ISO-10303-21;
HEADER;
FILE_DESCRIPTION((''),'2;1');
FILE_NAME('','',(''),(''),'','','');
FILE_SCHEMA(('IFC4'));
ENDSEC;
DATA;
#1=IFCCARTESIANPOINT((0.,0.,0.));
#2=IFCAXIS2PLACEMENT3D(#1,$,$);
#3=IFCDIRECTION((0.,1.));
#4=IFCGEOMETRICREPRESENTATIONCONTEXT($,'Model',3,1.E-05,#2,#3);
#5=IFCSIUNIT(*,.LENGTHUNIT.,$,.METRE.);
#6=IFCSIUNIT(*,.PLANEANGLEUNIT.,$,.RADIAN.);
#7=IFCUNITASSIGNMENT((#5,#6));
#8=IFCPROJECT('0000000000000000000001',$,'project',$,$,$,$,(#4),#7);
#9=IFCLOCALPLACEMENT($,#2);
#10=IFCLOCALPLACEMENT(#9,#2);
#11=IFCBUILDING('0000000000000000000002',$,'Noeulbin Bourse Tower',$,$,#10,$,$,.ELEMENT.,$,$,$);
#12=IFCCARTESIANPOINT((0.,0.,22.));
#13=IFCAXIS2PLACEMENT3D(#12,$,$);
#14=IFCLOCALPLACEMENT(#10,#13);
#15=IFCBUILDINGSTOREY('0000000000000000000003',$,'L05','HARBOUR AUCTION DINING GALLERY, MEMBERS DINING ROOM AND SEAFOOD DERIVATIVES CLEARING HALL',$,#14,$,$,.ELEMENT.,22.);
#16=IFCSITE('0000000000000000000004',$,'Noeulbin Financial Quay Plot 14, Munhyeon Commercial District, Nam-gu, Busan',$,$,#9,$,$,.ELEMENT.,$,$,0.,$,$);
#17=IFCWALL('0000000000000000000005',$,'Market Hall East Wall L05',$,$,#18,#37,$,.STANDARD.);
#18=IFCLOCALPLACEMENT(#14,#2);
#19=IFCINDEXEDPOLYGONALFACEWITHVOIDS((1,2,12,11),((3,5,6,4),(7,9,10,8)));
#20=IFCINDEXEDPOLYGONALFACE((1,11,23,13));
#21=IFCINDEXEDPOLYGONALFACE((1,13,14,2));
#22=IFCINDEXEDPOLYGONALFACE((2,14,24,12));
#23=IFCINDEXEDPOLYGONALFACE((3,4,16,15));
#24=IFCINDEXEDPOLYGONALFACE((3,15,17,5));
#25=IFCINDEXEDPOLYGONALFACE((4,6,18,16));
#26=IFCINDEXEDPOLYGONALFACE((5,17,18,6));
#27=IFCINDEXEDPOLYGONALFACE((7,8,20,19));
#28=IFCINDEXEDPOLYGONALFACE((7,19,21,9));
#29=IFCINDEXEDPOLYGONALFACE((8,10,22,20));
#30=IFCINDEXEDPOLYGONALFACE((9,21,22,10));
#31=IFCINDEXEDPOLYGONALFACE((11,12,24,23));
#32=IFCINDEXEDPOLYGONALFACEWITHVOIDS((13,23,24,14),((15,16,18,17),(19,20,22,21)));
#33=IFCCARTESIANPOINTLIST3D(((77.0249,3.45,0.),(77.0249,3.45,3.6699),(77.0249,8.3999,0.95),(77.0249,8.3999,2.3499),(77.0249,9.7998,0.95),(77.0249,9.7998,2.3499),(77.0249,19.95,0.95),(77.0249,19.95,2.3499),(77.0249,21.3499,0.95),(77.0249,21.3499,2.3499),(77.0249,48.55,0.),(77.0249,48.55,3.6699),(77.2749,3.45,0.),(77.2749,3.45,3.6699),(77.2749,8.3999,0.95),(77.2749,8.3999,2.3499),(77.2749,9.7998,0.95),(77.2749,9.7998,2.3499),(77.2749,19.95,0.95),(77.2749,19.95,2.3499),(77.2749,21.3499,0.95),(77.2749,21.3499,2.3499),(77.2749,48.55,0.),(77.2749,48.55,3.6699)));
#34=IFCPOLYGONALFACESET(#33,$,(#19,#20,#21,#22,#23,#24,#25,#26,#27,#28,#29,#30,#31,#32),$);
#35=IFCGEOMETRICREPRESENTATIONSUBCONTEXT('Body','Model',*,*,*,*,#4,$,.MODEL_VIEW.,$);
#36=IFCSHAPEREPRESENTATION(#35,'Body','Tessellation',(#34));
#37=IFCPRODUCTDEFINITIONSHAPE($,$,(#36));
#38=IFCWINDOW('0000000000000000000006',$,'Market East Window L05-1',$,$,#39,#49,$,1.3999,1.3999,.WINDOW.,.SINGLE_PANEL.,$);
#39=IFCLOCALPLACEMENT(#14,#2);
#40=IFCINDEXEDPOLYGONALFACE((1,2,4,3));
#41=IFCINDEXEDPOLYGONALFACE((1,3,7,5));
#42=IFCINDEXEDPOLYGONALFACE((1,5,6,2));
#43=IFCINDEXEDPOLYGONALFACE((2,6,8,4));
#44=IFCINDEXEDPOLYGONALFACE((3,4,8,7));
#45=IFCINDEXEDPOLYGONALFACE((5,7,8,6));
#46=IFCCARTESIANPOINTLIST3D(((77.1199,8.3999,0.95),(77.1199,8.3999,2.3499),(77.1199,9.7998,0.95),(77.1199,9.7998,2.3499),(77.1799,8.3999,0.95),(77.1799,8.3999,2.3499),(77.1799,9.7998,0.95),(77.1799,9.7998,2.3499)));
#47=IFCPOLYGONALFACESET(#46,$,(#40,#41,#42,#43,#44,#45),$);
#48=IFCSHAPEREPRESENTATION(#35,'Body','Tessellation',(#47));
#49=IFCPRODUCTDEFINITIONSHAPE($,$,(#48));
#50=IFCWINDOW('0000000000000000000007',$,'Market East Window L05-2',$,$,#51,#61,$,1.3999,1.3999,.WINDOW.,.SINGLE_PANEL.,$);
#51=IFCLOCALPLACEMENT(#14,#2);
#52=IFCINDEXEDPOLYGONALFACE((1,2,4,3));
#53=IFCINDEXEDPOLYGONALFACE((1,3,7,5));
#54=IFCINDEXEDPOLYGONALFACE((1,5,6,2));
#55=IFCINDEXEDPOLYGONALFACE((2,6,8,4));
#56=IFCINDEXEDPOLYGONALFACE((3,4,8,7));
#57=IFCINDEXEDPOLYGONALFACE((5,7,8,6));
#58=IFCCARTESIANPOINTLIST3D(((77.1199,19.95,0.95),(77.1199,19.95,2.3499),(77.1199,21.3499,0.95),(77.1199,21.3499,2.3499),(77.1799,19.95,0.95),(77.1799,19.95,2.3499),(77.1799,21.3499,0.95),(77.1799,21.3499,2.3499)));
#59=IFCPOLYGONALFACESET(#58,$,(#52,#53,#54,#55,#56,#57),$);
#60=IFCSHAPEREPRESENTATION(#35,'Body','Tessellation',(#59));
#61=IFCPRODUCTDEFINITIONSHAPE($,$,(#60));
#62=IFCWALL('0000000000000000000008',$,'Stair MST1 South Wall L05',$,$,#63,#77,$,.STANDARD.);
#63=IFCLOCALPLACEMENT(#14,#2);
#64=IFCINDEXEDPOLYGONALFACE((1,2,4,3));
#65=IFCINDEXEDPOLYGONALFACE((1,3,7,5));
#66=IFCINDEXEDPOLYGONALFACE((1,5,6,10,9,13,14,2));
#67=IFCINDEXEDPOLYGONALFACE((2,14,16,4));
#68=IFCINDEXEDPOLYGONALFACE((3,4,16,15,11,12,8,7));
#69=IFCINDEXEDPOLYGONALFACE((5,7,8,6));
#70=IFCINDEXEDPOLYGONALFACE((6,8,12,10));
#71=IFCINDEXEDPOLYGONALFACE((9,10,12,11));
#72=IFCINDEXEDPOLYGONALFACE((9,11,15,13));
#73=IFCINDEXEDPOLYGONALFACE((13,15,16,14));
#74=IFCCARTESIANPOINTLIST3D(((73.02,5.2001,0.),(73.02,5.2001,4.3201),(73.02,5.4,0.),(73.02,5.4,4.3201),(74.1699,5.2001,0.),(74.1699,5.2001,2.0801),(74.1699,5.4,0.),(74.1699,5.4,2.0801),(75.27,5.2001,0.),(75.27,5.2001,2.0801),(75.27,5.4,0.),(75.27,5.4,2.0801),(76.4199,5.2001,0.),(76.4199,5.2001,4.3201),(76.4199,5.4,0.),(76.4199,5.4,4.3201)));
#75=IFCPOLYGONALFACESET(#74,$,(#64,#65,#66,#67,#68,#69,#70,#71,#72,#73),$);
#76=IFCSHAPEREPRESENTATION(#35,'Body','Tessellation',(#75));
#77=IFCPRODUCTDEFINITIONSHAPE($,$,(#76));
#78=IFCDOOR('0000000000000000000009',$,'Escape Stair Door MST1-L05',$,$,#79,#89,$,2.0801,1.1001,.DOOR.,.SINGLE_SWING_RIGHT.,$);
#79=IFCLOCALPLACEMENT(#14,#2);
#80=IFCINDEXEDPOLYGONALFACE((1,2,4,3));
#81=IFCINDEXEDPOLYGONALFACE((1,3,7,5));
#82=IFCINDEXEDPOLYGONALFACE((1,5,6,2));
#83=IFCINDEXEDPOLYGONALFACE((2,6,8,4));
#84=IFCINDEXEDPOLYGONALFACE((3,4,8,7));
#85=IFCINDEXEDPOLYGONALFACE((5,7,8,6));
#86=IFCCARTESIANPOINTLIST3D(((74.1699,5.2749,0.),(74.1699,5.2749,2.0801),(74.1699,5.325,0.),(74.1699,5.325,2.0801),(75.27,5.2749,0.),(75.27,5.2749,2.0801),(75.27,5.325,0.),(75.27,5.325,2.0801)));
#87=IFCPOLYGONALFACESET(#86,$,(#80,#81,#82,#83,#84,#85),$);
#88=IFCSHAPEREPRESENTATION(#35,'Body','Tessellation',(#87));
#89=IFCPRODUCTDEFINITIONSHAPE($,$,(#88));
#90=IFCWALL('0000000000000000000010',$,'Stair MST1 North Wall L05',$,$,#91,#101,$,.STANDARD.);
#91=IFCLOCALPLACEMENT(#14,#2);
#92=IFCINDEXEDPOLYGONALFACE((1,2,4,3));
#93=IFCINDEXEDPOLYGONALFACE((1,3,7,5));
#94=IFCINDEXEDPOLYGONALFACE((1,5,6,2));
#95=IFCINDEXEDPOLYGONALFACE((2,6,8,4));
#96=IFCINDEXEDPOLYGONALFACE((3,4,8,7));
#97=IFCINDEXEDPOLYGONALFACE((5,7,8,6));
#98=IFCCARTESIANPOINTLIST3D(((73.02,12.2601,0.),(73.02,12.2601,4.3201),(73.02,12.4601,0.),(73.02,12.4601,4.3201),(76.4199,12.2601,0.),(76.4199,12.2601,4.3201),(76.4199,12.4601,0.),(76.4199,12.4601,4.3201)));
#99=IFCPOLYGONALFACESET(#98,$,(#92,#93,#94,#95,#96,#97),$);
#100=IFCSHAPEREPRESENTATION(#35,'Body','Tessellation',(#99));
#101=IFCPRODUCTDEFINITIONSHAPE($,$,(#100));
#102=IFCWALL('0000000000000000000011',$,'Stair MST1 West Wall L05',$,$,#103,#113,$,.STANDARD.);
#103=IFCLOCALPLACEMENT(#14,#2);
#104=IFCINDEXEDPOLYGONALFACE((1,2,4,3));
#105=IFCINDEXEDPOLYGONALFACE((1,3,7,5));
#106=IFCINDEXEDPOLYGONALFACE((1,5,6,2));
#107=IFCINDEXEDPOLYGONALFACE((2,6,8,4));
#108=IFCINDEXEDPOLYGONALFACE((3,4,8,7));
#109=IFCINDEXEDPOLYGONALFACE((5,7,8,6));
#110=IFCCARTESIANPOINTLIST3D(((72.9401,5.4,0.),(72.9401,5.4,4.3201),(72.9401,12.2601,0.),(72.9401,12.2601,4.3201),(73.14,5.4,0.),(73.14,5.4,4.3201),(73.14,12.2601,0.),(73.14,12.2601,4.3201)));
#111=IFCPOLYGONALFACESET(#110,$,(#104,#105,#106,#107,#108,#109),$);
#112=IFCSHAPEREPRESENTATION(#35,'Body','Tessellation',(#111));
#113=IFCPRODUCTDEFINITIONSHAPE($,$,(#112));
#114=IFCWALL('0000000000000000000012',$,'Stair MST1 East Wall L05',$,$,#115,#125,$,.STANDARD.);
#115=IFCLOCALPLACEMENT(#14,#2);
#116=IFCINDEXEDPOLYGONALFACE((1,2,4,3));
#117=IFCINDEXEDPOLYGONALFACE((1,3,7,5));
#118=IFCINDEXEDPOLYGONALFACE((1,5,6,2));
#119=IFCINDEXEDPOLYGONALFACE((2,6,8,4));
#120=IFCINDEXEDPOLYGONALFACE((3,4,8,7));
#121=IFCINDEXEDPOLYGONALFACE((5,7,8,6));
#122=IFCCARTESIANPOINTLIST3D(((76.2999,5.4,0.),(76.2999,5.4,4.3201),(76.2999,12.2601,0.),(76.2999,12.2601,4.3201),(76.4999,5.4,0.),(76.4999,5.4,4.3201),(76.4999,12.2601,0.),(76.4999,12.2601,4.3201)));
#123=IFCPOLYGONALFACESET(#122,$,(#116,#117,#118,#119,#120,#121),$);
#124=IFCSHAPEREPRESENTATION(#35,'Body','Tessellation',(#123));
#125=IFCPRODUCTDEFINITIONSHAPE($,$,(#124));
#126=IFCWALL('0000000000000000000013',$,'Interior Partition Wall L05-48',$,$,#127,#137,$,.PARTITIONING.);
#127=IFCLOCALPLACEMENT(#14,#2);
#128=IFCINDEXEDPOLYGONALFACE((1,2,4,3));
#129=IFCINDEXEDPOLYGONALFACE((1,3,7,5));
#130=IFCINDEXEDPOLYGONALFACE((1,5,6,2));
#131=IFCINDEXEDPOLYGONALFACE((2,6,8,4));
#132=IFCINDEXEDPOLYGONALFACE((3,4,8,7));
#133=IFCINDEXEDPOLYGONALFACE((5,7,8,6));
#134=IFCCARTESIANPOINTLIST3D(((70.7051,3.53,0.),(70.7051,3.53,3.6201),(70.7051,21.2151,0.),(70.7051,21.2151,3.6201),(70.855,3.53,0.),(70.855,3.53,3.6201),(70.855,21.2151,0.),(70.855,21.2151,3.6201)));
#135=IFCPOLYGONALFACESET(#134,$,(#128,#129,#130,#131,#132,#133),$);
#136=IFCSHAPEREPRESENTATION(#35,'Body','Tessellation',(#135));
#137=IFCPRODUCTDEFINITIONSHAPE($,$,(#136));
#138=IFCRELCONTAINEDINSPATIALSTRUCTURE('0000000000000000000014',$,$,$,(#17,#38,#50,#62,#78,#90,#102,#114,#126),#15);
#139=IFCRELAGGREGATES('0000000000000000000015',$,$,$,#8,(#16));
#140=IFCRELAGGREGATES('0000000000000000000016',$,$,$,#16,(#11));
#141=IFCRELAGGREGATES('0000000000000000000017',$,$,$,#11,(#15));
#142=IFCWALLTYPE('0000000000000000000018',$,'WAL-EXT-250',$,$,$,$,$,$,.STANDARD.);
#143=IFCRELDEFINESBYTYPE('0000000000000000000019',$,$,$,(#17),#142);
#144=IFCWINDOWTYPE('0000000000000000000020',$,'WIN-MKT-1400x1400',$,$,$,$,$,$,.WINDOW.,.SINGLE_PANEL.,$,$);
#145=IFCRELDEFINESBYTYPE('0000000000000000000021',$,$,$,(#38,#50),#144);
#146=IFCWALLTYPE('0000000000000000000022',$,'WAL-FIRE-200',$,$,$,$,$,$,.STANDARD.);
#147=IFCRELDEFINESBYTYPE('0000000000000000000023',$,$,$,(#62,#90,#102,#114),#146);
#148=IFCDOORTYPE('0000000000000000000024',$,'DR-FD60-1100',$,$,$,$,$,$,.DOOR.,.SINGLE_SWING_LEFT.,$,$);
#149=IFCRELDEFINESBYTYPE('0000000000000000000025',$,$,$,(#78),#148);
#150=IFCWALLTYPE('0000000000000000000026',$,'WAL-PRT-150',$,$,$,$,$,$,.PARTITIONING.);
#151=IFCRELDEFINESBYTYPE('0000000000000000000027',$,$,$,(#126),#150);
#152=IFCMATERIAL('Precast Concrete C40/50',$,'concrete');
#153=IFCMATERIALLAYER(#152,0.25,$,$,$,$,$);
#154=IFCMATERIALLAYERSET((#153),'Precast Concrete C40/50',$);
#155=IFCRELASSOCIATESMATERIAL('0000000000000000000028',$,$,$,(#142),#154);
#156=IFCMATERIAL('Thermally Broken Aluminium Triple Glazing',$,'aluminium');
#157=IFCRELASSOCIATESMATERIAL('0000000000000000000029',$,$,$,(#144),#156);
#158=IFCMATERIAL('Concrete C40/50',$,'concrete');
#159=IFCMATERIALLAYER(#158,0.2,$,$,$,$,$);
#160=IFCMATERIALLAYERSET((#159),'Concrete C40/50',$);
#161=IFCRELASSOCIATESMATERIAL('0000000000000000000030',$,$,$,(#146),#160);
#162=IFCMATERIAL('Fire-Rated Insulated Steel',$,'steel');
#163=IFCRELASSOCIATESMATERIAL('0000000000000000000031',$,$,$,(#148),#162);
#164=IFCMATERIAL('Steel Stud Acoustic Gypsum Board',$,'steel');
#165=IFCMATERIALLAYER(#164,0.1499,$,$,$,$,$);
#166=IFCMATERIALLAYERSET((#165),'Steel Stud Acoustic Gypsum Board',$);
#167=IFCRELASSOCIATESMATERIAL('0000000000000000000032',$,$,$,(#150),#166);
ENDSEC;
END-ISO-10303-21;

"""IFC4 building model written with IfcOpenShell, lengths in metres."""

from ifc_helpers import new_model, si_unit, direction, frame, frame_2d, origin, place, context, subcontext, project, spatial, rectangle, extrude, material, layer, layer_set, type_object, element, fill, save


model = new_model("IFC4")

# Units and contexts
model_context = context("Model", 3, precision=1e-05, world=origin(), true_north=direction((0.0, 1.0)))
body_context = subcontext(model_context, "Body", "Model", "MODEL_VIEW")
ifc_project = project(units=[si_unit("LENGTHUNIT", "METRE"), si_unit("PLANEANGLEUNIT", "RADIAN")], contexts=[model_context])

# Site, building, storey
site_placement = place(None, origin())
site = spatial("IfcSite", under=ifc_project, at=site_placement, Name="Noeulbin Financial Quay Plot 14, Munhyeon Commercial District, Nam-gu, Busan", CompositionType="ELEMENT", RefElevation=0.0)
building_placement = place(site_placement, origin())
building = spatial("IfcBuilding", under=site, at=building_placement, Name="Noeulbin Bourse Tower", CompositionType="ELEMENT")
storey_placement = place(building_placement, frame((0.0, 0.0, 22.0)))
storey = spatial("IfcBuildingStorey", under=building, at=storey_placement, Name="L05", Description="HARBOUR AUCTION DINING GALLERY, MEMBERS DINING ROOM AND SEAFOOD DERIVATIVES CLEARING HALL", CompositionType="ELEMENT", Elevation=22.0)

# Wall, openings, windows
ifc_material_1 = material(Name="Precast Concrete C40/50", Category="concrete")
ifc_layer_1 = layer(ifc_material_1, 0.25)
ifc_layer_set_1 = layer_set([ifc_layer_1], Name="Precast Concrete C40/50")
wall_type_1 = type_object("IfcWallType", Name="WAL-EXT-250", PredefinedType="STANDARD", material=ifc_layer_set_1)
wall_1_placement = place(storey_placement, frame((77.1499, 3.45, 0.0), z_axis=(0.0, 0.0, 1.0), x_axis=(0.0, 1.0, 0.0)))
wall_1 = element("IfcWall", 1, at=wall_1_placement, inside=storey, type_object=wall_type_1, Name="Market Hall East Wall L05", PredefinedType="STANDARD", context=body_context, shape_type="SweptSolid", body=[
    extrude(rectangle(XDim=45.1001, YDim=0.25, at=frame_2d((22.55, 0.0))), origin(), (0.0, 0.0, 1.0), 3.6699),
])
opening_1_placement = place(wall_1_placement, frame((4.95, 0.0, 0.95)))
opening_1 = element("IfcOpeningElement", 2, at=opening_1_placement, cuts=wall_1, PredefinedType="OPENING", context=body_context, shape_type="SweptSolid", body=[
    extrude(rectangle(XDim=1.3999, YDim=1.3999, at=frame_2d((0.7, 0.7))), frame((0.0, 0.135, 0.0), z_axis=(0.0, -1.0, 0.0), x_axis=(1.0, 0.0, 0.0)), (0.0, 0.0, 1.0), 0.27),
])
opening_2_placement = place(wall_1_placement, frame((16.5, 0.0, 0.95)))
opening_2 = element("IfcOpeningElement", 3, at=opening_2_placement, cuts=wall_1, PredefinedType="OPENING", context=body_context, shape_type="SweptSolid", body=[
    extrude(rectangle(XDim=1.3999, YDim=1.3999, at=frame_2d((0.7, 0.7))), frame((0.0, 0.135, 0.0), z_axis=(0.0, -1.0, 0.0), x_axis=(1.0, 0.0, 0.0)), (0.0, 0.0, 1.0), 0.27),
])
ifc_material_2 = material(Name="Thermally Broken Aluminium Triple Glazing", Category="aluminium")
window_type = type_object("IfcWindowType", Name="WIN-MKT-1400x1400", PartitioningType="SINGLE_PANEL", PredefinedType="WINDOW", material=ifc_material_2)
window_1_placement = place(opening_1_placement, origin())
window_1 = element("IfcWindow", 4, at=window_1_placement, inside=storey, type_object=window_type, Name="Market East Window L05-1", OverallHeight=1.3999, OverallWidth=1.3999, PartitioningType="SINGLE_PANEL", PredefinedType="WINDOW", context=body_context, shape_type="SweptSolid", body=[
    extrude(rectangle(XDim=1.3999, YDim=1.3999, at=frame_2d((0.7, 0.7))), frame((0.0, 0.03, 0.0), z_axis=(0.0, -1.0, 0.0), x_axis=(1.0, 0.0, 0.0)), (0.0, 0.0, 1.0), 0.0601),
])
fill(opening_1, window_1)
window_2_placement = place(opening_2_placement, origin())
window_2 = element("IfcWindow", 5, at=window_2_placement, inside=storey, type_object=window_type, Name="Market East Window L05-2", OverallHeight=1.3999, OverallWidth=1.3999, PartitioningType="SINGLE_PANEL", PredefinedType="WINDOW", context=body_context, shape_type="SweptSolid", body=[
    extrude(rectangle(XDim=1.3999, YDim=1.3999, at=frame_2d((0.7, 0.7))), frame((0.0, 0.03, 0.0), z_axis=(0.0, -1.0, 0.0), x_axis=(1.0, 0.0, 0.0)), (0.0, 0.0, 1.0), 0.0601),
])
fill(opening_2, window_2)

# Wall, opening, door
ifc_material_3 = material(Name="Concrete C40/50", Category="concrete")
ifc_layer_2 = layer(ifc_material_3, 0.2)
ifc_layer_set_2 = layer_set([ifc_layer_2], Name="Concrete C40/50")
wall_type_2 = type_object("IfcWallType", Name="WAL-FIRE-200", PredefinedType="STANDARD", material=ifc_layer_set_2)
wall_2_placement = place(storey_placement, frame((73.02, 5.3, 0.0), z_axis=(0.0, 0.0, 1.0), x_axis=(1.0, 0.0, 0.0)))
wall_2 = element("IfcWall", 6, at=wall_2_placement, inside=storey, type_object=wall_type_2, Name="Stair MST1 South Wall L05", PredefinedType="STANDARD", context=body_context, shape_type="SweptSolid", body=[
    extrude(rectangle(XDim=3.3999, YDim=0.2, at=frame_2d((1.7, 0.0))), origin(), (0.0, 0.0, 1.0), 4.3201),
])
opening_3_placement = place(wall_2_placement, frame((1.1499, 0.0, 0.0)))
opening_3 = element("IfcOpeningElement", 7, at=opening_3_placement, cuts=wall_2, PredefinedType="OPENING", context=body_context, shape_type="SweptSolid", body=[
    extrude(rectangle(XDim=1.1001, YDim=2.0801, at=frame_2d((0.55, 1.04))), frame((0.0, 0.1099, 0.0), z_axis=(0.0, -1.0, 0.0), x_axis=(1.0, 0.0, 0.0)), (0.0, 0.0, 1.0), 0.22),
])
ifc_material_4 = material(Name="Fire-Rated Insulated Steel", Category="steel")
door_type = type_object("IfcDoorType", Name="DR-FD60-1100", OperationType="SINGLE_SWING_LEFT", PredefinedType="DOOR", material=ifc_material_4)
door_placement = place(opening_3_placement, origin())
door = element("IfcDoor", 8, at=door_placement, inside=storey, type_object=door_type, Name="Escape Stair Door MST1-L05", OperationType="SINGLE_SWING_RIGHT", OverallHeight=2.0801, OverallWidth=1.1001, PredefinedType="DOOR", context=body_context, shape_type="SweptSolid", body=[
    extrude(rectangle(XDim=1.1001, YDim=2.0801, at=frame_2d((0.55, 1.04))), frame((0.0, 0.0249, 0.0), z_axis=(0.0, -1.0, 0.0), x_axis=(1.0, 0.0, 0.0)), (0.0, 0.0, 1.0), 0.05),
])
fill(opening_3, door)

# Walls
wall_3_placement = place(storey_placement, frame((73.02, 12.3601, 0.0), z_axis=(0.0, 0.0, 1.0), x_axis=(1.0, 0.0, 0.0)))
element("IfcWall", 9, at=wall_3_placement, inside=storey, type_object=wall_type_2, Name="Stair MST1 North Wall L05", PredefinedType="STANDARD", context=body_context, shape_type="SweptSolid", body=[
    extrude(rectangle(XDim=3.3999, YDim=0.2, at=frame_2d((1.7, 0.0))), origin(), (0.0, 0.0, 1.0), 4.3201),
])
for number, where, z_axis, x_axis, name in (
    (10, (73.04, 5.3999, 0.0), (0.0, 0.0, 1.0), (0.0, 1.0, 0.0), "Stair MST1 West Wall L05"),
    (11, (76.3999, 5.3999, 0.0), (0.0, 0.0, 1.0), (0.0, 1.0, 0.0), "Stair MST1 East Wall L05"),
):
    element("IfcWall", number, at=place(storey_placement, frame(where, z_axis=z_axis, x_axis=x_axis)), inside=storey, type_object=wall_type_2, Name=name, PredefinedType="STANDARD", context=body_context, shape_type="SweptSolid", body=[
        extrude(rectangle(XDim=6.8601, YDim=0.2, at=frame_2d((3.4302, 0.0))), origin(), (0.0, 0.0, 1.0), 4.3201),
    ])
ifc_material_5 = material(Name="Steel Stud Acoustic Gypsum Board", Category="steel")
ifc_layer_3 = layer(ifc_material_5, 0.1499)
ifc_layer_set_3 = layer_set([ifc_layer_3], Name="Steel Stud Acoustic Gypsum Board")
wall_type_3 = type_object("IfcWallType", Name="WAL-PRT-150", PredefinedType="PARTITIONING", material=ifc_layer_set_3)
wall_4_placement = place(storey_placement, frame((70.78, 3.53, 0.0), z_axis=(0.0, 0.0, 1.0), x_axis=(0.0, 1.0, 0.0)))
element("IfcWall", 12, at=wall_4_placement, inside=storey, type_object=wall_type_3, Name="Interior Partition Wall L05-48", PredefinedType="PARTITIONING", context=body_context, shape_type="SweptSolid", body=[
    extrude(rectangle(XDim=17.6851, YDim=0.1499, at=frame_2d((8.8425, 0.0))), origin(), (0.0, 0.0, 1.0), 3.6201),
])

save(model, "model.ifc")
